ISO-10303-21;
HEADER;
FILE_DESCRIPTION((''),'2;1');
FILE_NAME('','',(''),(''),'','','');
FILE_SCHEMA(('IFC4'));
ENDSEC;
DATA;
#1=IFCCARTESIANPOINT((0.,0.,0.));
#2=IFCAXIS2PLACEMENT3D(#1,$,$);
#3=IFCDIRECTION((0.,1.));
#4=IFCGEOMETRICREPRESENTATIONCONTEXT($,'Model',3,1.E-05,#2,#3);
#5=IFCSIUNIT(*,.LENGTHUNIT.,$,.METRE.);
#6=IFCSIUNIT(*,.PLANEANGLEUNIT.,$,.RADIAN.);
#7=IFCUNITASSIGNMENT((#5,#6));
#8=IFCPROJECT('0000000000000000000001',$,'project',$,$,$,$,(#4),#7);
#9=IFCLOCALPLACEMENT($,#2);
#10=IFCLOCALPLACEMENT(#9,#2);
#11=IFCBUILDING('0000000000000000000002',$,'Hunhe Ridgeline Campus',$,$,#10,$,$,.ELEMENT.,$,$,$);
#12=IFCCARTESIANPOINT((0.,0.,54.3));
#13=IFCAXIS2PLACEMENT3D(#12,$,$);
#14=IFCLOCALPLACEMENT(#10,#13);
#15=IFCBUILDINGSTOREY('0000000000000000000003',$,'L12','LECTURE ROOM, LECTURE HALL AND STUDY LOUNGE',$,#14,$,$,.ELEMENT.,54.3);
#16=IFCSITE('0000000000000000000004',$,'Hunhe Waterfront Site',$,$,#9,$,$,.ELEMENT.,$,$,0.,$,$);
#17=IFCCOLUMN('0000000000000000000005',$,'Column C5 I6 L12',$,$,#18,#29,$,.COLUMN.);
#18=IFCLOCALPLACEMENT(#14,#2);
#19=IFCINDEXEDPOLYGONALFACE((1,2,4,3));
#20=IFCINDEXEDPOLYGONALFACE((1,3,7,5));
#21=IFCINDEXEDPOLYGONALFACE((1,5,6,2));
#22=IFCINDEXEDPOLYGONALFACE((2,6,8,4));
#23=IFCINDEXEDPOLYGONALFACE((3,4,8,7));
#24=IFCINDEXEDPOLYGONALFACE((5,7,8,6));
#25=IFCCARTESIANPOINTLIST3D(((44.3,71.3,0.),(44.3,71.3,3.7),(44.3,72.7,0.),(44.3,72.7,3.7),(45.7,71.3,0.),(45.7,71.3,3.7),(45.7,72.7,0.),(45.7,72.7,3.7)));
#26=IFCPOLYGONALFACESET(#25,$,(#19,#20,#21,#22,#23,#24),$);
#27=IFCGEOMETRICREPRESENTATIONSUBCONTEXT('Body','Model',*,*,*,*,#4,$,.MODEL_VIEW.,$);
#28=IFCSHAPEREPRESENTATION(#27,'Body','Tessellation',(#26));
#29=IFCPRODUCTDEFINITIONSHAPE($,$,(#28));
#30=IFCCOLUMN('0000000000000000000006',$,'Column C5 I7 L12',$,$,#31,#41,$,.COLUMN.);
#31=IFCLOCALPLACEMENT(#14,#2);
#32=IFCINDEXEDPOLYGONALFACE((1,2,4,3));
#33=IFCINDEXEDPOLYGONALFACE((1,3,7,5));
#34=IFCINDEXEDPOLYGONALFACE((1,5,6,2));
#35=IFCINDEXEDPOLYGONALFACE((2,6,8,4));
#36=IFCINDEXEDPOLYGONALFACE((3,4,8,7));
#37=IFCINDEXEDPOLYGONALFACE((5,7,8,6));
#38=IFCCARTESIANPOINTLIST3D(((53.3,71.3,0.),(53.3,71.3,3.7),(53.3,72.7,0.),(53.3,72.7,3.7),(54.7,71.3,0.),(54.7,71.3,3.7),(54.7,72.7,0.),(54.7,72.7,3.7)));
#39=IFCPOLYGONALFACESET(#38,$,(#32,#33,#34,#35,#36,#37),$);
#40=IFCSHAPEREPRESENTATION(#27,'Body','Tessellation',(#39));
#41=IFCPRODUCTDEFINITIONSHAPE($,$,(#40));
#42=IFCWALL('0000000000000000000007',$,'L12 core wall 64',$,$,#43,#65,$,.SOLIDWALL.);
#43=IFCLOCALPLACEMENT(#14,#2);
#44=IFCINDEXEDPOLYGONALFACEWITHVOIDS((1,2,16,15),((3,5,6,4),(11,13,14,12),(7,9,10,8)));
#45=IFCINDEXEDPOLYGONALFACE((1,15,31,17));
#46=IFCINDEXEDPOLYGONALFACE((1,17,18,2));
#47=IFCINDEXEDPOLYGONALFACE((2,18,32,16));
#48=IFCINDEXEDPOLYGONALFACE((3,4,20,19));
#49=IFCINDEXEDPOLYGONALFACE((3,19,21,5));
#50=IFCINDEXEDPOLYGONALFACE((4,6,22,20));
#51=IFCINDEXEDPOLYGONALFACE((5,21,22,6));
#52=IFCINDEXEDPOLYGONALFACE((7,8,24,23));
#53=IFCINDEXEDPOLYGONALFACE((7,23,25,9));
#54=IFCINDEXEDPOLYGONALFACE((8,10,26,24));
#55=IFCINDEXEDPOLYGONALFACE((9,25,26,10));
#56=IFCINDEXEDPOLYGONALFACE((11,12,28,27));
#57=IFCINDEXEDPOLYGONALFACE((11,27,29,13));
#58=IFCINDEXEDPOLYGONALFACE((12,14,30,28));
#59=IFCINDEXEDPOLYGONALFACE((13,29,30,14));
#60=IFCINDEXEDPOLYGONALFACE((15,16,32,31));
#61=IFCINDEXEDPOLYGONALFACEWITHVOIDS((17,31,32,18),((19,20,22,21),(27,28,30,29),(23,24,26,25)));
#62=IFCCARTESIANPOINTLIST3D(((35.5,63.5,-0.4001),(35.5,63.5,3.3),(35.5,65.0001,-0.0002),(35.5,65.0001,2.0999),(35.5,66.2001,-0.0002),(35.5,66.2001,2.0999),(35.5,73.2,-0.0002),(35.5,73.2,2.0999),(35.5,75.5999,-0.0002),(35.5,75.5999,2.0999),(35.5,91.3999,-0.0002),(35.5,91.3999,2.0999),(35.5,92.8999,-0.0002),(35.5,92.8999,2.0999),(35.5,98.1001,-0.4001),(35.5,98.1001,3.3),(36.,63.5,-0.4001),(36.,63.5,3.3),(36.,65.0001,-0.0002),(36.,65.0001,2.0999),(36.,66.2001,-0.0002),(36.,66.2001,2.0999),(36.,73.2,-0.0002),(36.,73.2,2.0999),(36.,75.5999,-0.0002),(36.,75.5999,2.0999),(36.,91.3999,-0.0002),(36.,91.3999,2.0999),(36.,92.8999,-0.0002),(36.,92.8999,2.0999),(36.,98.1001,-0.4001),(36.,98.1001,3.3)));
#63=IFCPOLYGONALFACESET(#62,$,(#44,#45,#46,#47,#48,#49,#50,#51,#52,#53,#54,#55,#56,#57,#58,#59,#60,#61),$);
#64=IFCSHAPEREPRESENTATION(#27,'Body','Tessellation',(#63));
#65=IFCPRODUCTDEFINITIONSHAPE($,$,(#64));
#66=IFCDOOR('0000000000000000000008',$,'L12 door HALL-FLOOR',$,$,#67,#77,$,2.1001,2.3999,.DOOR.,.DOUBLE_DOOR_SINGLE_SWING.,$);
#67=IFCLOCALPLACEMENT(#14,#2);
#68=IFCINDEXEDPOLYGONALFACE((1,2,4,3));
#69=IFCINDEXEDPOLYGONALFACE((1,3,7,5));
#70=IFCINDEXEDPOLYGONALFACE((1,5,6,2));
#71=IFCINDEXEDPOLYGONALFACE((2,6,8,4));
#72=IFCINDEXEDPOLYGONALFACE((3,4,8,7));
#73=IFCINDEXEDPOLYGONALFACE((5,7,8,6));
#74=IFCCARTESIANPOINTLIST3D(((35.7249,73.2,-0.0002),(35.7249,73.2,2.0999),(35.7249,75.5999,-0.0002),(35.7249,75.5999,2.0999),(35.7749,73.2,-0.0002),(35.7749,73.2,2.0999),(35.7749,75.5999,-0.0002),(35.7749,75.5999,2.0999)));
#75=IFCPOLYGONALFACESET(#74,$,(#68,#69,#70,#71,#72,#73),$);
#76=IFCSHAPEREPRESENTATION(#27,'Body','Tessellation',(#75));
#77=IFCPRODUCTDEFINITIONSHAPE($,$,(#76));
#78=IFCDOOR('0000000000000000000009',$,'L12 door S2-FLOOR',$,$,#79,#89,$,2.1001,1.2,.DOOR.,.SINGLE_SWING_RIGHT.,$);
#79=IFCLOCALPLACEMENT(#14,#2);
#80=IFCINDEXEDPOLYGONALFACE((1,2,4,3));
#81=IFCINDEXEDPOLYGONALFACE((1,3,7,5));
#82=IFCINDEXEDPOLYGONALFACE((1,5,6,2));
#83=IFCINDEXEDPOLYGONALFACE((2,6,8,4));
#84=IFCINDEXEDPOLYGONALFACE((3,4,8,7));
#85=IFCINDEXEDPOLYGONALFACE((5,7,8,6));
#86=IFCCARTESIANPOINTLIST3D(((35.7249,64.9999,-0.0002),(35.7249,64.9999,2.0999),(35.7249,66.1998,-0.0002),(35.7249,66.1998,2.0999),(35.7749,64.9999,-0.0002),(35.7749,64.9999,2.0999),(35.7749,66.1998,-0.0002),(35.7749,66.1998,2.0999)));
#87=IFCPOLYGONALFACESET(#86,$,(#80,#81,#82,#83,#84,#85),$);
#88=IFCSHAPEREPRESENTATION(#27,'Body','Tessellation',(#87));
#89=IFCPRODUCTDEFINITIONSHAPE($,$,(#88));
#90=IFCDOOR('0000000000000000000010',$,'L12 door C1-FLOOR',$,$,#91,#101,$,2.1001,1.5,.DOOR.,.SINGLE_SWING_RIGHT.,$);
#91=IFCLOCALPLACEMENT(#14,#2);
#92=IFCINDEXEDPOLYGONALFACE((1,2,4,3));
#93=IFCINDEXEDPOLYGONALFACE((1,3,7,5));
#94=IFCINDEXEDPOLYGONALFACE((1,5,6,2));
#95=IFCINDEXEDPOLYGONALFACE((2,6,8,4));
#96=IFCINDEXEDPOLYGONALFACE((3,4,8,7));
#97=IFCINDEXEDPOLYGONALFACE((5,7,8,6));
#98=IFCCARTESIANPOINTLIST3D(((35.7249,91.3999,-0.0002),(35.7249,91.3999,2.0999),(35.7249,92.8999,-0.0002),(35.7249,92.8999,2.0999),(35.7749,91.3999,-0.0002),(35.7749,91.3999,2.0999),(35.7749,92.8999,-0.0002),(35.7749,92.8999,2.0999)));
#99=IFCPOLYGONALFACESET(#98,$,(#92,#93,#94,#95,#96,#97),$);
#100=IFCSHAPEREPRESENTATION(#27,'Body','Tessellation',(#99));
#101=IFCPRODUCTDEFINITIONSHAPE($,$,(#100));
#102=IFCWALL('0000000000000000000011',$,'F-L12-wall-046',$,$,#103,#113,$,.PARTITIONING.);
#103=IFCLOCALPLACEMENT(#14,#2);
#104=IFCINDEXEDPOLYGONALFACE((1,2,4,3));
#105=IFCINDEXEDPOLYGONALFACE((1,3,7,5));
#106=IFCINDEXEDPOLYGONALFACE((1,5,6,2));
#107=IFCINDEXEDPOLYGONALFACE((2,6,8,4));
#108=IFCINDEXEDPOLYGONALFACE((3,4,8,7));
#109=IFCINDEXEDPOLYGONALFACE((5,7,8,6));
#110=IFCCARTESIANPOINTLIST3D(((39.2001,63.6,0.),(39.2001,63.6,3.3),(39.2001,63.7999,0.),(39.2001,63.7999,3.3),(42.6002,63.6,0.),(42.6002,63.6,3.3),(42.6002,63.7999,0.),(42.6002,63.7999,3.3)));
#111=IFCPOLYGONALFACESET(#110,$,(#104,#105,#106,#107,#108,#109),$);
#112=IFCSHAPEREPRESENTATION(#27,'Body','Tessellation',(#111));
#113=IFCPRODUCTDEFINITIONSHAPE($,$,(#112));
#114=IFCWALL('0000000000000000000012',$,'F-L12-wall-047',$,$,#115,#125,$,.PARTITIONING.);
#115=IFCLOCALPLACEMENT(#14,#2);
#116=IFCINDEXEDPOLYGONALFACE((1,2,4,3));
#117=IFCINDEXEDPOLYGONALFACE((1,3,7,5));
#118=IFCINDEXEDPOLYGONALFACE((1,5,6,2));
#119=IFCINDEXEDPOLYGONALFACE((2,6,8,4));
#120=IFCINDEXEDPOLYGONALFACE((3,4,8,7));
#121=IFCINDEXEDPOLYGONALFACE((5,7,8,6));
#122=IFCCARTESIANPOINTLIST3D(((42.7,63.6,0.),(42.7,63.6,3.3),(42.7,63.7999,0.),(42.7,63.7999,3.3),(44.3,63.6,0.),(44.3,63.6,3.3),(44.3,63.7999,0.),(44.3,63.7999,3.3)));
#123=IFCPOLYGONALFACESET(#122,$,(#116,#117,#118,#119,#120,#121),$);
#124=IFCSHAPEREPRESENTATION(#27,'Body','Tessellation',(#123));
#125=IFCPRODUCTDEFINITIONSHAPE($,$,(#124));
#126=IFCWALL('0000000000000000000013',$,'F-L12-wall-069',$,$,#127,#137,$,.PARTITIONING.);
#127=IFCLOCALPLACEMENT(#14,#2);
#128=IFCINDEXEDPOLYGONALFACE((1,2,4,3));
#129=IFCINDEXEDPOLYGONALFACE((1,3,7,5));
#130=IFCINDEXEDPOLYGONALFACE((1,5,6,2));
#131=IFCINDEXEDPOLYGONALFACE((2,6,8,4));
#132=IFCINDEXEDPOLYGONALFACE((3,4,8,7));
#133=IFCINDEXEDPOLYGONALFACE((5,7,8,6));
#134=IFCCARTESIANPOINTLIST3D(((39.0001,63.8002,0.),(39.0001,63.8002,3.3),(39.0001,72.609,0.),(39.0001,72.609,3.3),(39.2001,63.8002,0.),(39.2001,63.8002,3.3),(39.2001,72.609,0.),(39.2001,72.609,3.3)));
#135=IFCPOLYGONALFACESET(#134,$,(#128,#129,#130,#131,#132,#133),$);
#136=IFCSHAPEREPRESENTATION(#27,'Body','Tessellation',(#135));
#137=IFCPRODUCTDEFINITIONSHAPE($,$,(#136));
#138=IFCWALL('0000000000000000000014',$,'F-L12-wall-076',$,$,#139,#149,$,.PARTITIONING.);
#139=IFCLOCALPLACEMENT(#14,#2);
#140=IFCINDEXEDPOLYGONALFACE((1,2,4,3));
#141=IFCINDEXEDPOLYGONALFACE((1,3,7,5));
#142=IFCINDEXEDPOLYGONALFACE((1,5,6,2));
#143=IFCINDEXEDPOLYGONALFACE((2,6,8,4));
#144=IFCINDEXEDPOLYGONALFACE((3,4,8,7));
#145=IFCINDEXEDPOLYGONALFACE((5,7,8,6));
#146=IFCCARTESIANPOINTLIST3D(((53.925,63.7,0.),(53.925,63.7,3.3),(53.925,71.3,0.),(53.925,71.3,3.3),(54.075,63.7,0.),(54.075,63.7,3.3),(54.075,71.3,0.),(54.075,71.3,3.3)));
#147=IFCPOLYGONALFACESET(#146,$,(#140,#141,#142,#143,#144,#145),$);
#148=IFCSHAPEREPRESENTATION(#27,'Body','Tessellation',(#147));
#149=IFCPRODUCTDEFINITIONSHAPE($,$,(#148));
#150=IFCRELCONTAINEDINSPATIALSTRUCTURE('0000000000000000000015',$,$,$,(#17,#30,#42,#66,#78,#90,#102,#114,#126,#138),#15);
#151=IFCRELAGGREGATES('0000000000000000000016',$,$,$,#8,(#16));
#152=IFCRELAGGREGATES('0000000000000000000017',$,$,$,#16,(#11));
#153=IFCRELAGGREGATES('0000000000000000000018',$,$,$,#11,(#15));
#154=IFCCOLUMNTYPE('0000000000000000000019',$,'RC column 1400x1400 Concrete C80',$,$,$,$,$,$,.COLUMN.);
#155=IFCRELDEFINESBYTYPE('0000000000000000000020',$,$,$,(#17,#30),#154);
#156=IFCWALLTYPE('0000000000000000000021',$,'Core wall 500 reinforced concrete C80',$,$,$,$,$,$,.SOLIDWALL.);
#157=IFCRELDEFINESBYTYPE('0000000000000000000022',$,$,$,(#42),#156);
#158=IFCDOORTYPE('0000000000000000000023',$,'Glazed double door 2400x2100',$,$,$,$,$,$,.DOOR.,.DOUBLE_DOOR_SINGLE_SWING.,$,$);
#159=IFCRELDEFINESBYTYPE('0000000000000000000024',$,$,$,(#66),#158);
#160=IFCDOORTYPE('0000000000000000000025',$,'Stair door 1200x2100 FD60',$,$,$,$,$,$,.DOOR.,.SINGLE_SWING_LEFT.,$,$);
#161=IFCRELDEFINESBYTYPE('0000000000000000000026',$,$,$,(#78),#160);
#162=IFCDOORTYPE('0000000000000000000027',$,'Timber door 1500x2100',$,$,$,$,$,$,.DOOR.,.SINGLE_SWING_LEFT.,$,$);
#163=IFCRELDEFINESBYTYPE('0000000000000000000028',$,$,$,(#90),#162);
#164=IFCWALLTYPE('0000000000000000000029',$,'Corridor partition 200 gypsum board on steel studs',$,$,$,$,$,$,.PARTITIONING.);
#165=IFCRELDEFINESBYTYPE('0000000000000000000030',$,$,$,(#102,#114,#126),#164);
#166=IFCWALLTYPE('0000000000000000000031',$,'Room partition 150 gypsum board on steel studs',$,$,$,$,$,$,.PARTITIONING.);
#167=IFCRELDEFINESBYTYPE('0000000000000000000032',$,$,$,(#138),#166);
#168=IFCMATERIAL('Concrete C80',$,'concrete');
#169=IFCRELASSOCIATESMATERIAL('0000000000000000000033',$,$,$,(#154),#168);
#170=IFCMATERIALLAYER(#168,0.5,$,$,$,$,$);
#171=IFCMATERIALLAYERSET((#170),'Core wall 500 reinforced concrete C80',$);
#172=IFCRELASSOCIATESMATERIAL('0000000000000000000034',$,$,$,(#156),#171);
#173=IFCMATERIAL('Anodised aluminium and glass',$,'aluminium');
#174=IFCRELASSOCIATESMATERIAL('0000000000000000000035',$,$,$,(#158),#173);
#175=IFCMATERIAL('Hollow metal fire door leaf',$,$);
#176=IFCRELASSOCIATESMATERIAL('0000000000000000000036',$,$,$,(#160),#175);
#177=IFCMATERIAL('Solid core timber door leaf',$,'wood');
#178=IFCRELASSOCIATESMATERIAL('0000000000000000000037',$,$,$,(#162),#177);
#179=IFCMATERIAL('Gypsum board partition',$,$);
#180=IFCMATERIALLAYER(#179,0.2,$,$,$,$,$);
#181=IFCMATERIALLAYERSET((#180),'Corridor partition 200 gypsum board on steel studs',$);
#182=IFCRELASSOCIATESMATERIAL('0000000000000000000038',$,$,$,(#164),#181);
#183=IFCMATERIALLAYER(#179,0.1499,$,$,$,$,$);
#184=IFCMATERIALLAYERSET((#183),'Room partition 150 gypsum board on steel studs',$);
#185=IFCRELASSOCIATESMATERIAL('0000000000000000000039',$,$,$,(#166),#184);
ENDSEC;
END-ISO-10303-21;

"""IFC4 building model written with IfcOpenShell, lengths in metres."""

from ifc_helpers import new_model, si_unit, direction, frame, frame_2d, origin, origin_2d, place, context, subcontext, project, spatial, rectangle, extrude, material, layer, layer_set, material_profile, profile_set, type_object, element, fill, save


model = new_model("IFC4")

# Units and contexts
model_context = context("Model", 3, precision=1e-05, world=origin(), true_north=direction((0.0, 1.0)))
body_context = subcontext(model_context, "Body", "Model", "MODEL_VIEW")
ifc_project = project(units=[si_unit("LENGTHUNIT", "METRE"), si_unit("PLANEANGLEUNIT", "RADIAN")], contexts=[model_context])

# Site, building, storey
site_placement = place(None, origin())
site = spatial("IfcSite", under=ifc_project, at=site_placement, Name="Hunhe Waterfront Site", CompositionType="ELEMENT", RefElevation=0.0)
building_placement = place(site_placement, origin())
building = spatial("IfcBuilding", under=site, at=building_placement, Name="Hunhe Ridgeline Campus", CompositionType="ELEMENT")
storey_placement = place(building_placement, frame((0.0, 0.0, 54.3)))
storey = spatial("IfcBuildingStorey", under=building, at=storey_placement, Name="L12", Description="LECTURE ROOM, LECTURE HALL AND STUDY LOUNGE", CompositionType="ELEMENT", Elevation=54.3)

# Columns
ifc_material_1 = material(Name="Concrete C80", Category="concrete")
ifc_material_profile = material_profile(ifc_material_1, rectangle(XDim=1.3999, YDim=1.3999, at=origin_2d()))
ifc_profile_set = profile_set([ifc_material_profile], Name="Concrete C80")
column_type = type_object("IfcColumnType", Name="RC column 1400x1400 Concrete C80", PredefinedType="COLUMN", material=ifc_profile_set)
for number, where, z_axis, x_axis, name in (
    (1, (45.0, 72.0, 0.0), (0.0, 0.0, 1.0), (1.0, 0.0, 0.0), "Column C5 I6 L12"),
    (2, (54.0, 72.0, 0.0), (0.0, 0.0, 1.0), (1.0, 0.0, 0.0), "Column C5 I7 L12"),
):
    element("IfcColumn", number, at=place(storey_placement, frame(where, z_axis=z_axis, x_axis=x_axis)), inside=storey, type_object=column_type, Name=name, PredefinedType="COLUMN", context=body_context, shape_type="SweptSolid", body=[
        extrude(rectangle(XDim=1.3999, YDim=1.3999, at=origin_2d()), origin(), (0.0, 0.0, 1.0), 3.7),
    ])

# Wall, openings, doors
ifc_layer_1 = layer(ifc_material_1, 0.5)
ifc_layer_set_1 = layer_set([ifc_layer_1], Name="Core wall 500 reinforced concrete C80")
wall_type_1 = type_object("IfcWallType", Name="Core wall 500 reinforced concrete C80", PredefinedType="SOLIDWALL", material=ifc_layer_set_1)
wall_1_placement = place(storey_placement, frame((35.75, 63.5, -0.4001), z_axis=(0.0, 0.0, 1.0), x_axis=(0.0, 1.0, 0.0)))
wall_1 = element("IfcWall", 3, at=wall_1_placement, inside=storey, type_object=wall_type_1, Name="L12 core wall 64", PredefinedType="SOLIDWALL", context=body_context, shape_type="SweptSolid", body=[
    extrude(rectangle(XDim=34.6001, YDim=0.5, at=frame_2d((17.3, 0.0))), origin(), (0.0, 0.0, 1.0), 3.7002),
])
opening_1_placement = place(wall_1_placement, frame((9.7, 0.0, 0.3999)))
opening_1 = element("IfcOpeningElement", 4, at=opening_1_placement, cuts=wall_1, PredefinedType="OPENING", context=body_context, shape_type="SweptSolid", body=[
    extrude(rectangle(XDim=2.3999, YDim=2.1001, at=frame_2d((1.2, 1.05))), frame((0.0, 0.25, 0.0), z_axis=(0.0, -1.0, 0.0), x_axis=(1.0, 0.0, 0.0)), (0.0, 0.0, 1.0), 0.5),
])
opening_2_placement = place(wall_1_placement, frame((27.8999, 0.0, 0.3999)))
opening_2 = element("IfcOpeningElement", 5, at=opening_2_placement, cuts=wall_1, PredefinedType="OPENING", context=body_context, shape_type="SweptSolid", body=[
    extrude(rectangle(XDim=1.5, YDim=2.1001, at=frame_2d((0.75, 1.05))), frame((0.0, 0.25, 0.0), z_axis=(0.0, -1.0, 0.0), x_axis=(1.0, 0.0, 0.0)), (0.0, 0.0, 1.0), 0.5),
])
opening_3_placement = place(wall_1_placement, frame((1.5, 0.0, 0.3999)))
opening_3 = element("IfcOpeningElement", 6, at=opening_3_placement, cuts=wall_1, PredefinedType="OPENING", context=body_context, shape_type="SweptSolid", body=[
    extrude(rectangle(XDim=1.2, YDim=2.1001, at=frame_2d((0.6001, 1.05))), frame((0.0, 0.25, 0.0), z_axis=(0.0, -1.0, 0.0), x_axis=(1.0, 0.0, 0.0)), (0.0, 0.0, 1.0), 0.5),
])
ifc_material_2 = material(Name="Anodised aluminium and glass", Category="aluminium")
door_type_1 = type_object("IfcDoorType", Name="Glazed double door 2400x2100", OperationType="DOUBLE_DOOR_SINGLE_SWING", PredefinedType="DOOR", material=ifc_material_2)
door_1_placement = place(opening_1_placement, frame((2.3999, 0.0, 0.0), z_axis=(0.0, 0.0, 1.0), x_axis=(-1.0, 0.0, 0.0)))
door_1 = element("IfcDoor", 7, at=door_1_placement, inside=storey, type_object=door_type_1, Name="L12 door HALL-FLOOR", OperationType="DOUBLE_DOOR_SINGLE_SWING", OverallHeight=2.1001, OverallWidth=2.3999, PredefinedType="DOOR", context=body_context, shape_type="SweptSolid", body=[
    extrude(rectangle(XDim=2.3999, YDim=2.1001, at=frame_2d((1.2, 1.05))), frame((0.0, 0.0249, 0.0), z_axis=(0.0, -1.0, 0.0), x_axis=(1.0, 0.0, 0.0)), (0.0, 0.0, 1.0), 0.05),
])
fill(opening_1, door_1)
ifc_material_3 = material(Name="Hollow metal fire door leaf")
door_type_2 = type_object("IfcDoorType", Name="Stair door 1200x2100 FD60", OperationType="SINGLE_SWING_LEFT", PredefinedType="DOOR", material=ifc_material_3)
door_2_placement = place(opening_3_placement, frame((1.2, 0.0, 0.0), z_axis=(0.0, 0.0, 1.0), x_axis=(-1.0, 0.0, 0.0)))
door_2 = element("IfcDoor", 8, at=door_2_placement, inside=storey, type_object=door_type_2, Name="L12 door S2-FLOOR", OperationType="SINGLE_SWING_RIGHT", OverallHeight=2.1001, OverallWidth=1.2, PredefinedType="DOOR", context=body_context, shape_type="SweptSolid", body=[
    extrude(rectangle(XDim=1.2, YDim=2.1001, at=frame_2d((0.6001, 1.05))), frame((0.0, 0.0249, 0.0), z_axis=(0.0, -1.0, 0.0), x_axis=(1.0, 0.0, 0.0)), (0.0, 0.0, 1.0), 0.05),
])
fill(opening_3, door_2)
ifc_material_4 = material(Name="Solid core timber door leaf", Category="wood")
door_type_3 = type_object("IfcDoorType", Name="Timber door 1500x2100", OperationType="SINGLE_SWING_LEFT", PredefinedType="DOOR", material=ifc_material_4)
door_3_placement = place(opening_2_placement, frame((1.5, 0.0, 0.0), z_axis=(0.0, 0.0, 1.0), x_axis=(-1.0, 0.0, 0.0)))
door_3 = element("IfcDoor", 9, at=door_3_placement, inside=storey, type_object=door_type_3, Name="L12 door C1-FLOOR", OperationType="SINGLE_SWING_RIGHT", OverallHeight=2.1001, OverallWidth=1.5, PredefinedType="DOOR", context=body_context, shape_type="SweptSolid", body=[
    extrude(rectangle(XDim=1.5, YDim=2.1001, at=frame_2d((0.75, 1.05))), frame((0.0, 0.0249, 0.0), z_axis=(0.0, -1.0, 0.0), x_axis=(1.0, 0.0, 0.0)), (0.0, 0.0, 1.0), 0.05),
])
fill(opening_2, door_3)

# Walls
ifc_material_5 = material(Name="Gypsum board partition")
ifc_layer_2 = layer(ifc_material_5, 0.2)
ifc_layer_set_2 = layer_set([ifc_layer_2], Name="Corridor partition 200 gypsum board on steel studs")
wall_type_2 = type_object("IfcWallType", Name="Corridor partition 200 gypsum board on steel studs", PredefinedType="PARTITIONING", material=ifc_layer_set_2)
wall_2_placement = place(storey_placement, frame((39.2, 63.7, 0.0), z_axis=(0.0, 0.0, 1.0), x_axis=(1.0, 0.0, 0.0)))
element("IfcWall", 10, at=wall_2_placement, inside=storey, type_object=wall_type_2, Name="F-L12-wall-046", PredefinedType="PARTITIONING", context=body_context, shape_type="SweptSolid", body=[
    extrude(rectangle(XDim=3.4001, YDim=0.2, at=frame_2d((1.7002, 0.0))), origin(), (0.0, 0.0, 1.0), 3.3),
])
wall_3_placement = place(storey_placement, frame((42.7, 63.7, 0.0), z_axis=(0.0, 0.0, 1.0), x_axis=(1.0, 0.0, 0.0)))
element("IfcWall", 11, at=wall_3_placement, inside=storey, type_object=wall_type_2, Name="F-L12-wall-047", PredefinedType="PARTITIONING", context=body_context, shape_type="SweptSolid", body=[
    extrude(rectangle(XDim=1.6001, YDim=0.2, at=frame_2d((0.8, 0.0))), origin(), (0.0, 0.0, 1.0), 3.3),
])
wall_4_placement = place(storey_placement, frame((39.1001, 72.6089, 0.0), z_axis=(0.0, 0.0, 1.0), x_axis=(0.0, -1.0, 0.0)))
element("IfcWall", 12, at=wall_4_placement, inside=storey, type_object=wall_type_2, Name="F-L12-wall-069", PredefinedType="PARTITIONING", context=body_context, shape_type="SweptSolid", body=[
    extrude(rectangle(XDim=8.8088, YDim=0.2, at=frame_2d((4.4043, 0.0))), origin(), (0.0, 0.0, 1.0), 3.3),
])
ifc_layer_3 = layer(ifc_material_5, 0.1499)
ifc_layer_set_3 = layer_set([ifc_layer_3], Name="Room partition 150 gypsum board on steel studs")
wall_type_3 = type_object("IfcWallType", Name="Room partition 150 gypsum board on steel studs", PredefinedType="PARTITIONING", material=ifc_layer_set_3)
wall_5_placement = place(storey_placement, frame((54.0, 71.3, 0.0), z_axis=(0.0, 0.0, 1.0), x_axis=(0.0, -1.0, 0.0)))
element("IfcWall", 13, at=wall_5_placement, inside=storey, type_object=wall_type_3, Name="F-L12-wall-076", PredefinedType="PARTITIONING", context=body_context, shape_type="SweptSolid", body=[
    extrude(rectangle(XDim=7.6001, YDim=0.1499, at=frame_2d((3.8, 0.0))), origin(), (0.0, 0.0, 1.0), 3.3),
])

save(model, "model.ifc")
